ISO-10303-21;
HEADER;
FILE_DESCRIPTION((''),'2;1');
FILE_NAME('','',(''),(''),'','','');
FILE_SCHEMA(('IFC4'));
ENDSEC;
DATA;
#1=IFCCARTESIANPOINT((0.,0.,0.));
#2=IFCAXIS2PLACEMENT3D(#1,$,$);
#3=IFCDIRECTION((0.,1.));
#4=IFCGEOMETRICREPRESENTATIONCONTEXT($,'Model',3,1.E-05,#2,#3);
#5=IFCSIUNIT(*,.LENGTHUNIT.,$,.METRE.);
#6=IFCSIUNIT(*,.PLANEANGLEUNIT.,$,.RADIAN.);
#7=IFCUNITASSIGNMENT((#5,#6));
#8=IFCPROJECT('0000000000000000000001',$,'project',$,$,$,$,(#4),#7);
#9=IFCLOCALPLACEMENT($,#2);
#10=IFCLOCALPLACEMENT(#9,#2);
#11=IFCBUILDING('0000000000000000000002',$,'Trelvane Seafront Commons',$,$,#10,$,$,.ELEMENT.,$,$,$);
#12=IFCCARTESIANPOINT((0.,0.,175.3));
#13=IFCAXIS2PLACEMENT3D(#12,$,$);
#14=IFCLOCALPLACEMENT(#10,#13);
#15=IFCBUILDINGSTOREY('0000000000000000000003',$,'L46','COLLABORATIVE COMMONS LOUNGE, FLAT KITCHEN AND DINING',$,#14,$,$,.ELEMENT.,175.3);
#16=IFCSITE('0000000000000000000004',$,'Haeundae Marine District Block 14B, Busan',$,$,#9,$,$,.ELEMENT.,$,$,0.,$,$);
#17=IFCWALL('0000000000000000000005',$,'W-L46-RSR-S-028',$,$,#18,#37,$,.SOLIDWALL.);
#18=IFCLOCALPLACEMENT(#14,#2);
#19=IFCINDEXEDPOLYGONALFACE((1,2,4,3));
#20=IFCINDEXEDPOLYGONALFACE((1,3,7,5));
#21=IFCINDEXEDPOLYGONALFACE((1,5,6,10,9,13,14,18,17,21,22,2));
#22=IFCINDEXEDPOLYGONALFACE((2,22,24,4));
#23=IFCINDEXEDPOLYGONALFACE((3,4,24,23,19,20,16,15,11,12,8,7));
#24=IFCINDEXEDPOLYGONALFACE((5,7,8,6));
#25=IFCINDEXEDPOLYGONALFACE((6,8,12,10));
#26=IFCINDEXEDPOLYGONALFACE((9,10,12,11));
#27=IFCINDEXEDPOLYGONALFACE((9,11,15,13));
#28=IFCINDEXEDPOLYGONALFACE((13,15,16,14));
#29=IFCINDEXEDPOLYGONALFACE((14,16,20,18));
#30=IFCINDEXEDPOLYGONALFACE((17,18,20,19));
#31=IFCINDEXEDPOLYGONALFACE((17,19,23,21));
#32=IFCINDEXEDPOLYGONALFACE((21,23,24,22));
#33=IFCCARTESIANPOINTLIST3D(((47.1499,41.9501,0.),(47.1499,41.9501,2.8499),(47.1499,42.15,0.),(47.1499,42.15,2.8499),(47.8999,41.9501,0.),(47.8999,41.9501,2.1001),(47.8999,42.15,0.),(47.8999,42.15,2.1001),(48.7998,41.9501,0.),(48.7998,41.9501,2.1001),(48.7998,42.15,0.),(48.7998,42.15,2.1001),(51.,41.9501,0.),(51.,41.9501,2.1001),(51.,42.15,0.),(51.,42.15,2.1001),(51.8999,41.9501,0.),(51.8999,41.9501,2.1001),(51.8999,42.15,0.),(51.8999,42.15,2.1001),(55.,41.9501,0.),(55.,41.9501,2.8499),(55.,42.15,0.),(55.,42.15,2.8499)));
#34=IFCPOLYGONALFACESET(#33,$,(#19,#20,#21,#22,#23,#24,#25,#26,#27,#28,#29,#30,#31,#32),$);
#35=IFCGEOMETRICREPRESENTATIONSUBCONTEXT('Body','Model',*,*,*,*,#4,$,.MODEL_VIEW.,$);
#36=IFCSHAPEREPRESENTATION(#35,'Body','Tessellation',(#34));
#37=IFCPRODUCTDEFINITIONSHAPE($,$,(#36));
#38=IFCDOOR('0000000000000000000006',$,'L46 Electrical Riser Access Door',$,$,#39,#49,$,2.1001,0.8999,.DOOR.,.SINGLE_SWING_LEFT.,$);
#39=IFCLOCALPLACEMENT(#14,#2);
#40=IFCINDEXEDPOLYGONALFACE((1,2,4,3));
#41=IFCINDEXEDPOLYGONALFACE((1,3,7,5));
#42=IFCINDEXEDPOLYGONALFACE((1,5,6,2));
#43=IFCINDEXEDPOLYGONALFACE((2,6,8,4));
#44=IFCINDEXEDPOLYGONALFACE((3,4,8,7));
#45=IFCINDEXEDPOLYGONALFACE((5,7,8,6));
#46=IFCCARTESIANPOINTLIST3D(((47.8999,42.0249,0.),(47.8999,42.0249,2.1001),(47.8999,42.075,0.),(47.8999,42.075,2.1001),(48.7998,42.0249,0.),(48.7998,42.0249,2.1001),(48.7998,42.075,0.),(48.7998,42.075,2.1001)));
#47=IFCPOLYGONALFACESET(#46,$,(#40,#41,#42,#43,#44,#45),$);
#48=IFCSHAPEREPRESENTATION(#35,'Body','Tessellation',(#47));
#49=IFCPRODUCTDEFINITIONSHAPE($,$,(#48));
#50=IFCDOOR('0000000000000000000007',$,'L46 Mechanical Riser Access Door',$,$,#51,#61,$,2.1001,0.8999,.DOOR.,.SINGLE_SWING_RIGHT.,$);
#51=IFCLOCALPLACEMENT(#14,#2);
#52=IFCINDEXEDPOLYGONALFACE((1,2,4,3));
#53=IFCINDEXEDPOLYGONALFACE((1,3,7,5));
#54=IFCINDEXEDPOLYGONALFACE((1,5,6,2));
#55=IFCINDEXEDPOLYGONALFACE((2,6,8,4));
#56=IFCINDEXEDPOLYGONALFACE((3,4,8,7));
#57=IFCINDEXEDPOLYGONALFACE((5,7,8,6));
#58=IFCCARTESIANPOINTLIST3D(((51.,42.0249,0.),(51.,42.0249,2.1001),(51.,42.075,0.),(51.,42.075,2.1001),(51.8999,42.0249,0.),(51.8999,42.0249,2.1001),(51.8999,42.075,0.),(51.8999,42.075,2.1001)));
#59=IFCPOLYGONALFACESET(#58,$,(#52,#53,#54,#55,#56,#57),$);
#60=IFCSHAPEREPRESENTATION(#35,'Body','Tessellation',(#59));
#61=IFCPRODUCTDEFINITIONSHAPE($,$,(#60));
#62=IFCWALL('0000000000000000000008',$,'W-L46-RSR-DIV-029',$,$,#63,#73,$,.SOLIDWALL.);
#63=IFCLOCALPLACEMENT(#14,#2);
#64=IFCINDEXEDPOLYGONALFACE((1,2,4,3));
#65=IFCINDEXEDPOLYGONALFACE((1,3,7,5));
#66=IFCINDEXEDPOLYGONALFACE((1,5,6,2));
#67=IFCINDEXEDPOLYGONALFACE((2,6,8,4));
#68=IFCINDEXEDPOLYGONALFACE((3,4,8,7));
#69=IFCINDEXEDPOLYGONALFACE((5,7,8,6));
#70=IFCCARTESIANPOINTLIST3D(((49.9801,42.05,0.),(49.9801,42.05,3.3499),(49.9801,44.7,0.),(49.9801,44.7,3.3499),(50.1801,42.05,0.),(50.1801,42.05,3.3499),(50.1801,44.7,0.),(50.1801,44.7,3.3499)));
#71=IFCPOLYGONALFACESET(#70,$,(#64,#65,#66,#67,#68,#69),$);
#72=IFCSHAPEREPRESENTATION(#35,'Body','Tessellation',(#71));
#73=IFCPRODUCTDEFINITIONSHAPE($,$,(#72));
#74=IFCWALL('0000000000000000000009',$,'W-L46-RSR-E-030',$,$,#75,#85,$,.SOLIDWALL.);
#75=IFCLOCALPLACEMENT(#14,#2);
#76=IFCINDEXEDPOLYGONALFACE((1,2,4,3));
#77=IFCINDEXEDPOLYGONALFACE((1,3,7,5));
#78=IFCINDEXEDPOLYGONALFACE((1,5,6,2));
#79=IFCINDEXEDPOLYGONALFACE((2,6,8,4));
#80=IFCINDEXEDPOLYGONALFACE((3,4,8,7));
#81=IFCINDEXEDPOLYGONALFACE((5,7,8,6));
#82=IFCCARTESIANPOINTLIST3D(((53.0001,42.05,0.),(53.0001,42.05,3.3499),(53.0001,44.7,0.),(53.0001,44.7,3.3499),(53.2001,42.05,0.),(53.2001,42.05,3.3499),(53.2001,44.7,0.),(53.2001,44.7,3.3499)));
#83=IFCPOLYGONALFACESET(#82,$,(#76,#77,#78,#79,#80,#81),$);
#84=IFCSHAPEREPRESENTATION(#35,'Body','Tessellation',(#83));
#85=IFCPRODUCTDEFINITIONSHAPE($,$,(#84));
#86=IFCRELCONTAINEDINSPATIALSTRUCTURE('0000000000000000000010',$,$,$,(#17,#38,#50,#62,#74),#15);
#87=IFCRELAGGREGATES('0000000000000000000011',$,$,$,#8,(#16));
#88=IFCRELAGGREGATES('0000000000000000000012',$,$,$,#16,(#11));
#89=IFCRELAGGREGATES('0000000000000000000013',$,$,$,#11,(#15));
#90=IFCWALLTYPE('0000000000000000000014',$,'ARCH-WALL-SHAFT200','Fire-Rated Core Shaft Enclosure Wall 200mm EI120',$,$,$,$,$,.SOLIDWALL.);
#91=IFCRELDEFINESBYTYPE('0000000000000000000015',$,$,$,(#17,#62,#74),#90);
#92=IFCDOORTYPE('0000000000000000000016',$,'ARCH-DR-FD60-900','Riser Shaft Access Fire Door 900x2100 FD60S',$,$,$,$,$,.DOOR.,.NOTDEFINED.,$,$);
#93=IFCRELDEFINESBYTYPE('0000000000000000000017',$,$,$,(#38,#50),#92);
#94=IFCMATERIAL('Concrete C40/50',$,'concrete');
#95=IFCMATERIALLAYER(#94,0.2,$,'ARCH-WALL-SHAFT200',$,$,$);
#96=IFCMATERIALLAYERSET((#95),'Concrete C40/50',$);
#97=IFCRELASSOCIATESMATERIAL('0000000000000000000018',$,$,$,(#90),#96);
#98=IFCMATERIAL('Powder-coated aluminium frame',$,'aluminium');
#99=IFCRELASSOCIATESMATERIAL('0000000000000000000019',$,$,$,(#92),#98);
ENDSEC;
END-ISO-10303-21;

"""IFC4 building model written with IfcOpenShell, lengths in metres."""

from ifc_helpers import new_model, si_unit, direction, frame, frame_2d, origin, place, context, subcontext, project, spatial, rectangle, extrude, source, transform, mapped, material, layer, layer_set, type_object, element, fill, save


model = new_model("IFC4")

# Units and contexts
model_context = context("Model", 3, precision=1e-05, world=origin(), true_north=direction((0.0, 1.0)))
body_context = subcontext(model_context, "Body", "Model", "MODEL_VIEW")
ifc_project = project(units=[si_unit("LENGTHUNIT", "METRE"), si_unit("PLANEANGLEUNIT", "RADIAN")], contexts=[model_context])

# Site, building, storey
site_placement = place(None, origin())
site = spatial("IfcSite", under=ifc_project, at=site_placement, Name="Haeundae Marine District Block 14B, Busan", CompositionType="ELEMENT", RefElevation=0.0)
building_placement = place(site_placement, origin())
building = spatial("IfcBuilding", under=site, at=building_placement, Name="Trelvane Seafront Commons", CompositionType="ELEMENT")
storey_placement = place(building_placement, frame((0.0, 0.0, 175.3)))
storey = spatial("IfcBuildingStorey", under=building, at=storey_placement, Name="L46", Description="COLLABORATIVE COMMONS LOUNGE, FLAT KITCHEN AND DINING", CompositionType="ELEMENT", Elevation=175.3)

# Wall, openings, doors
ifc_material_1 = material(Name="Concrete C40/50", Category="concrete")
ifc_layer_1 = layer(ifc_material_1, 0.2, Name="ARCH-WALL-SHAFT200")
ifc_layer_set_1 = layer_set([ifc_layer_1], Name="Concrete C40/50")
wall_type_1 = type_object("IfcWallType", Name="ARCH-WALL-SHAFT200", Description="Fire-Rated Core Shaft Enclosure Wall 200mm EI120", PredefinedType="SOLIDWALL", material=ifc_layer_set_1)
wall_1_placement = place(storey_placement, frame((47.1499, 42.05, 0.0), z_axis=(0.0, 0.0, 1.0), x_axis=(1.0, 0.0, 0.0)))
wall_1 = element("IfcWall", 1, at=wall_1_placement, inside=storey, type_object=wall_type_1, Name="W-L46-RSR-S-028", PredefinedType="SOLIDWALL", context=body_context, shape_type="SweptSolid", body=[
    extrude(rectangle(XDim=7.8501, YDim=0.2, at=frame_2d((3.925, 0.0))), origin(), (0.0, 0.0, 1.0), 2.8499),
])
opening_1_placement = place(wall_1_placement, frame((0.75, 0.0, 0.0)))
opening_1 = element("IfcOpeningElement", 2, at=opening_1_placement, cuts=wall_1, PredefinedType="OPENING", context=body_context, shape_type="SweptSolid", body=[
    extrude(rectangle(XDim=0.8999, YDim=2.1001, at=frame_2d((0.45, 1.05))), frame((0.0, 0.1099, 0.0), z_axis=(0.0, -1.0, 0.0), x_axis=(1.0, 0.0, 0.0)), (0.0, 0.0, 1.0), 0.22),
])
opening_2_placement = place(wall_1_placement, frame((3.8501, 0.0, 0.0)))
opening_2 = element("IfcOpeningElement", 3, at=opening_2_placement, cuts=wall_1, PredefinedType="OPENING", context=body_context, shape_type="SweptSolid", body=[
    extrude(rectangle(XDim=0.8999, YDim=2.1001, at=frame_2d((0.45, 1.05))), frame((0.0, 0.1099, 0.0), z_axis=(0.0, -1.0, 0.0), x_axis=(1.0, 0.0, 0.0)), (0.0, 0.0, 1.0), 0.22),
])
ifc_material_2 = material(Name="Powder-coated aluminium frame", Category="aluminium")
door_type = type_object("IfcDoorType", Name="ARCH-DR-FD60-900", Description="Riser Shaft Access Fire Door 900x2100 FD60S", OperationType="NOTDEFINED", PredefinedType="DOOR", material=ifc_material_2)
shared_shape_1 = source(origin(), body_context, "Body", "SweptSolid", [
    extrude(rectangle(XDim=0.8999, YDim=2.1001, at=frame_2d((0.45, 1.05))), frame((0.0, 0.0249, 0.0), z_axis=(0.0, -1.0, 0.0), x_axis=(1.0, 0.0, 0.0)), (0.0, 0.0, 1.0), 0.05),
])
door_1_placement = place(opening_1_placement, origin())
door_1 = element("IfcDoor", 4, at=door_1_placement, inside=storey, type_object=door_type, Name="L46 Electrical Riser Access Door", OperationType="SINGLE_SWING_LEFT", OverallHeight=2.1001, OverallWidth=0.8999, PredefinedType="DOOR", context=body_context, shape_type="MappedRepresentation", body=[
    mapped(shared_shape_1, transform((0.0, 0.0, 0.0), x_axis=(1.0, 0.0, 0.0), y_axis=(0.0, 1.0, 0.0), z_axis=(0.0, 0.0, 1.0), scale=1.0)),
])
fill(opening_1, door_1)
door_2_placement = place(opening_2_placement, origin())
door_2 = element("IfcDoor", 5, at=door_2_placement, inside=storey, type_object=door_type, Name="L46 Mechanical Riser Access Door", OperationType="SINGLE_SWING_RIGHT", OverallHeight=2.1001, OverallWidth=0.8999, PredefinedType="DOOR", context=body_context, shape_type="MappedRepresentation", body=[
    mapped(shared_shape_1, transform((0.0, 0.0, 0.0), x_axis=(1.0, 0.0, 0.0), y_axis=(0.0, 1.0, 0.0), z_axis=(0.0, 0.0, 1.0), scale=1.0)),
])
fill(opening_2, door_2)

# Walls
for number, where, z_axis, x_axis, name in (
    (6, (50.0801, 42.05, 0.0), (0.0, 0.0, 1.0), (0.0, 1.0, 0.0), "W-L46-RSR-DIV-029"),
    (7, (53.1001, 42.05, 0.0), (0.0, 0.0, 1.0), (0.0, 1.0, 0.0), "W-L46-RSR-E-030"),
):
    element("IfcWall", number, at=place(storey_placement, frame(where, z_axis=z_axis, x_axis=x_axis)), inside=storey, type_object=wall_type_1, Name=name, PredefinedType="SOLIDWALL", context=body_context, shape_type="SweptSolid", body=[
        extrude(rectangle(XDim=2.6499, YDim=0.2, at=frame_2d((1.325, 0.0))), origin(), (0.0, 0.0, 1.0), 3.3499),
    ])

save(model, "model.ifc")
